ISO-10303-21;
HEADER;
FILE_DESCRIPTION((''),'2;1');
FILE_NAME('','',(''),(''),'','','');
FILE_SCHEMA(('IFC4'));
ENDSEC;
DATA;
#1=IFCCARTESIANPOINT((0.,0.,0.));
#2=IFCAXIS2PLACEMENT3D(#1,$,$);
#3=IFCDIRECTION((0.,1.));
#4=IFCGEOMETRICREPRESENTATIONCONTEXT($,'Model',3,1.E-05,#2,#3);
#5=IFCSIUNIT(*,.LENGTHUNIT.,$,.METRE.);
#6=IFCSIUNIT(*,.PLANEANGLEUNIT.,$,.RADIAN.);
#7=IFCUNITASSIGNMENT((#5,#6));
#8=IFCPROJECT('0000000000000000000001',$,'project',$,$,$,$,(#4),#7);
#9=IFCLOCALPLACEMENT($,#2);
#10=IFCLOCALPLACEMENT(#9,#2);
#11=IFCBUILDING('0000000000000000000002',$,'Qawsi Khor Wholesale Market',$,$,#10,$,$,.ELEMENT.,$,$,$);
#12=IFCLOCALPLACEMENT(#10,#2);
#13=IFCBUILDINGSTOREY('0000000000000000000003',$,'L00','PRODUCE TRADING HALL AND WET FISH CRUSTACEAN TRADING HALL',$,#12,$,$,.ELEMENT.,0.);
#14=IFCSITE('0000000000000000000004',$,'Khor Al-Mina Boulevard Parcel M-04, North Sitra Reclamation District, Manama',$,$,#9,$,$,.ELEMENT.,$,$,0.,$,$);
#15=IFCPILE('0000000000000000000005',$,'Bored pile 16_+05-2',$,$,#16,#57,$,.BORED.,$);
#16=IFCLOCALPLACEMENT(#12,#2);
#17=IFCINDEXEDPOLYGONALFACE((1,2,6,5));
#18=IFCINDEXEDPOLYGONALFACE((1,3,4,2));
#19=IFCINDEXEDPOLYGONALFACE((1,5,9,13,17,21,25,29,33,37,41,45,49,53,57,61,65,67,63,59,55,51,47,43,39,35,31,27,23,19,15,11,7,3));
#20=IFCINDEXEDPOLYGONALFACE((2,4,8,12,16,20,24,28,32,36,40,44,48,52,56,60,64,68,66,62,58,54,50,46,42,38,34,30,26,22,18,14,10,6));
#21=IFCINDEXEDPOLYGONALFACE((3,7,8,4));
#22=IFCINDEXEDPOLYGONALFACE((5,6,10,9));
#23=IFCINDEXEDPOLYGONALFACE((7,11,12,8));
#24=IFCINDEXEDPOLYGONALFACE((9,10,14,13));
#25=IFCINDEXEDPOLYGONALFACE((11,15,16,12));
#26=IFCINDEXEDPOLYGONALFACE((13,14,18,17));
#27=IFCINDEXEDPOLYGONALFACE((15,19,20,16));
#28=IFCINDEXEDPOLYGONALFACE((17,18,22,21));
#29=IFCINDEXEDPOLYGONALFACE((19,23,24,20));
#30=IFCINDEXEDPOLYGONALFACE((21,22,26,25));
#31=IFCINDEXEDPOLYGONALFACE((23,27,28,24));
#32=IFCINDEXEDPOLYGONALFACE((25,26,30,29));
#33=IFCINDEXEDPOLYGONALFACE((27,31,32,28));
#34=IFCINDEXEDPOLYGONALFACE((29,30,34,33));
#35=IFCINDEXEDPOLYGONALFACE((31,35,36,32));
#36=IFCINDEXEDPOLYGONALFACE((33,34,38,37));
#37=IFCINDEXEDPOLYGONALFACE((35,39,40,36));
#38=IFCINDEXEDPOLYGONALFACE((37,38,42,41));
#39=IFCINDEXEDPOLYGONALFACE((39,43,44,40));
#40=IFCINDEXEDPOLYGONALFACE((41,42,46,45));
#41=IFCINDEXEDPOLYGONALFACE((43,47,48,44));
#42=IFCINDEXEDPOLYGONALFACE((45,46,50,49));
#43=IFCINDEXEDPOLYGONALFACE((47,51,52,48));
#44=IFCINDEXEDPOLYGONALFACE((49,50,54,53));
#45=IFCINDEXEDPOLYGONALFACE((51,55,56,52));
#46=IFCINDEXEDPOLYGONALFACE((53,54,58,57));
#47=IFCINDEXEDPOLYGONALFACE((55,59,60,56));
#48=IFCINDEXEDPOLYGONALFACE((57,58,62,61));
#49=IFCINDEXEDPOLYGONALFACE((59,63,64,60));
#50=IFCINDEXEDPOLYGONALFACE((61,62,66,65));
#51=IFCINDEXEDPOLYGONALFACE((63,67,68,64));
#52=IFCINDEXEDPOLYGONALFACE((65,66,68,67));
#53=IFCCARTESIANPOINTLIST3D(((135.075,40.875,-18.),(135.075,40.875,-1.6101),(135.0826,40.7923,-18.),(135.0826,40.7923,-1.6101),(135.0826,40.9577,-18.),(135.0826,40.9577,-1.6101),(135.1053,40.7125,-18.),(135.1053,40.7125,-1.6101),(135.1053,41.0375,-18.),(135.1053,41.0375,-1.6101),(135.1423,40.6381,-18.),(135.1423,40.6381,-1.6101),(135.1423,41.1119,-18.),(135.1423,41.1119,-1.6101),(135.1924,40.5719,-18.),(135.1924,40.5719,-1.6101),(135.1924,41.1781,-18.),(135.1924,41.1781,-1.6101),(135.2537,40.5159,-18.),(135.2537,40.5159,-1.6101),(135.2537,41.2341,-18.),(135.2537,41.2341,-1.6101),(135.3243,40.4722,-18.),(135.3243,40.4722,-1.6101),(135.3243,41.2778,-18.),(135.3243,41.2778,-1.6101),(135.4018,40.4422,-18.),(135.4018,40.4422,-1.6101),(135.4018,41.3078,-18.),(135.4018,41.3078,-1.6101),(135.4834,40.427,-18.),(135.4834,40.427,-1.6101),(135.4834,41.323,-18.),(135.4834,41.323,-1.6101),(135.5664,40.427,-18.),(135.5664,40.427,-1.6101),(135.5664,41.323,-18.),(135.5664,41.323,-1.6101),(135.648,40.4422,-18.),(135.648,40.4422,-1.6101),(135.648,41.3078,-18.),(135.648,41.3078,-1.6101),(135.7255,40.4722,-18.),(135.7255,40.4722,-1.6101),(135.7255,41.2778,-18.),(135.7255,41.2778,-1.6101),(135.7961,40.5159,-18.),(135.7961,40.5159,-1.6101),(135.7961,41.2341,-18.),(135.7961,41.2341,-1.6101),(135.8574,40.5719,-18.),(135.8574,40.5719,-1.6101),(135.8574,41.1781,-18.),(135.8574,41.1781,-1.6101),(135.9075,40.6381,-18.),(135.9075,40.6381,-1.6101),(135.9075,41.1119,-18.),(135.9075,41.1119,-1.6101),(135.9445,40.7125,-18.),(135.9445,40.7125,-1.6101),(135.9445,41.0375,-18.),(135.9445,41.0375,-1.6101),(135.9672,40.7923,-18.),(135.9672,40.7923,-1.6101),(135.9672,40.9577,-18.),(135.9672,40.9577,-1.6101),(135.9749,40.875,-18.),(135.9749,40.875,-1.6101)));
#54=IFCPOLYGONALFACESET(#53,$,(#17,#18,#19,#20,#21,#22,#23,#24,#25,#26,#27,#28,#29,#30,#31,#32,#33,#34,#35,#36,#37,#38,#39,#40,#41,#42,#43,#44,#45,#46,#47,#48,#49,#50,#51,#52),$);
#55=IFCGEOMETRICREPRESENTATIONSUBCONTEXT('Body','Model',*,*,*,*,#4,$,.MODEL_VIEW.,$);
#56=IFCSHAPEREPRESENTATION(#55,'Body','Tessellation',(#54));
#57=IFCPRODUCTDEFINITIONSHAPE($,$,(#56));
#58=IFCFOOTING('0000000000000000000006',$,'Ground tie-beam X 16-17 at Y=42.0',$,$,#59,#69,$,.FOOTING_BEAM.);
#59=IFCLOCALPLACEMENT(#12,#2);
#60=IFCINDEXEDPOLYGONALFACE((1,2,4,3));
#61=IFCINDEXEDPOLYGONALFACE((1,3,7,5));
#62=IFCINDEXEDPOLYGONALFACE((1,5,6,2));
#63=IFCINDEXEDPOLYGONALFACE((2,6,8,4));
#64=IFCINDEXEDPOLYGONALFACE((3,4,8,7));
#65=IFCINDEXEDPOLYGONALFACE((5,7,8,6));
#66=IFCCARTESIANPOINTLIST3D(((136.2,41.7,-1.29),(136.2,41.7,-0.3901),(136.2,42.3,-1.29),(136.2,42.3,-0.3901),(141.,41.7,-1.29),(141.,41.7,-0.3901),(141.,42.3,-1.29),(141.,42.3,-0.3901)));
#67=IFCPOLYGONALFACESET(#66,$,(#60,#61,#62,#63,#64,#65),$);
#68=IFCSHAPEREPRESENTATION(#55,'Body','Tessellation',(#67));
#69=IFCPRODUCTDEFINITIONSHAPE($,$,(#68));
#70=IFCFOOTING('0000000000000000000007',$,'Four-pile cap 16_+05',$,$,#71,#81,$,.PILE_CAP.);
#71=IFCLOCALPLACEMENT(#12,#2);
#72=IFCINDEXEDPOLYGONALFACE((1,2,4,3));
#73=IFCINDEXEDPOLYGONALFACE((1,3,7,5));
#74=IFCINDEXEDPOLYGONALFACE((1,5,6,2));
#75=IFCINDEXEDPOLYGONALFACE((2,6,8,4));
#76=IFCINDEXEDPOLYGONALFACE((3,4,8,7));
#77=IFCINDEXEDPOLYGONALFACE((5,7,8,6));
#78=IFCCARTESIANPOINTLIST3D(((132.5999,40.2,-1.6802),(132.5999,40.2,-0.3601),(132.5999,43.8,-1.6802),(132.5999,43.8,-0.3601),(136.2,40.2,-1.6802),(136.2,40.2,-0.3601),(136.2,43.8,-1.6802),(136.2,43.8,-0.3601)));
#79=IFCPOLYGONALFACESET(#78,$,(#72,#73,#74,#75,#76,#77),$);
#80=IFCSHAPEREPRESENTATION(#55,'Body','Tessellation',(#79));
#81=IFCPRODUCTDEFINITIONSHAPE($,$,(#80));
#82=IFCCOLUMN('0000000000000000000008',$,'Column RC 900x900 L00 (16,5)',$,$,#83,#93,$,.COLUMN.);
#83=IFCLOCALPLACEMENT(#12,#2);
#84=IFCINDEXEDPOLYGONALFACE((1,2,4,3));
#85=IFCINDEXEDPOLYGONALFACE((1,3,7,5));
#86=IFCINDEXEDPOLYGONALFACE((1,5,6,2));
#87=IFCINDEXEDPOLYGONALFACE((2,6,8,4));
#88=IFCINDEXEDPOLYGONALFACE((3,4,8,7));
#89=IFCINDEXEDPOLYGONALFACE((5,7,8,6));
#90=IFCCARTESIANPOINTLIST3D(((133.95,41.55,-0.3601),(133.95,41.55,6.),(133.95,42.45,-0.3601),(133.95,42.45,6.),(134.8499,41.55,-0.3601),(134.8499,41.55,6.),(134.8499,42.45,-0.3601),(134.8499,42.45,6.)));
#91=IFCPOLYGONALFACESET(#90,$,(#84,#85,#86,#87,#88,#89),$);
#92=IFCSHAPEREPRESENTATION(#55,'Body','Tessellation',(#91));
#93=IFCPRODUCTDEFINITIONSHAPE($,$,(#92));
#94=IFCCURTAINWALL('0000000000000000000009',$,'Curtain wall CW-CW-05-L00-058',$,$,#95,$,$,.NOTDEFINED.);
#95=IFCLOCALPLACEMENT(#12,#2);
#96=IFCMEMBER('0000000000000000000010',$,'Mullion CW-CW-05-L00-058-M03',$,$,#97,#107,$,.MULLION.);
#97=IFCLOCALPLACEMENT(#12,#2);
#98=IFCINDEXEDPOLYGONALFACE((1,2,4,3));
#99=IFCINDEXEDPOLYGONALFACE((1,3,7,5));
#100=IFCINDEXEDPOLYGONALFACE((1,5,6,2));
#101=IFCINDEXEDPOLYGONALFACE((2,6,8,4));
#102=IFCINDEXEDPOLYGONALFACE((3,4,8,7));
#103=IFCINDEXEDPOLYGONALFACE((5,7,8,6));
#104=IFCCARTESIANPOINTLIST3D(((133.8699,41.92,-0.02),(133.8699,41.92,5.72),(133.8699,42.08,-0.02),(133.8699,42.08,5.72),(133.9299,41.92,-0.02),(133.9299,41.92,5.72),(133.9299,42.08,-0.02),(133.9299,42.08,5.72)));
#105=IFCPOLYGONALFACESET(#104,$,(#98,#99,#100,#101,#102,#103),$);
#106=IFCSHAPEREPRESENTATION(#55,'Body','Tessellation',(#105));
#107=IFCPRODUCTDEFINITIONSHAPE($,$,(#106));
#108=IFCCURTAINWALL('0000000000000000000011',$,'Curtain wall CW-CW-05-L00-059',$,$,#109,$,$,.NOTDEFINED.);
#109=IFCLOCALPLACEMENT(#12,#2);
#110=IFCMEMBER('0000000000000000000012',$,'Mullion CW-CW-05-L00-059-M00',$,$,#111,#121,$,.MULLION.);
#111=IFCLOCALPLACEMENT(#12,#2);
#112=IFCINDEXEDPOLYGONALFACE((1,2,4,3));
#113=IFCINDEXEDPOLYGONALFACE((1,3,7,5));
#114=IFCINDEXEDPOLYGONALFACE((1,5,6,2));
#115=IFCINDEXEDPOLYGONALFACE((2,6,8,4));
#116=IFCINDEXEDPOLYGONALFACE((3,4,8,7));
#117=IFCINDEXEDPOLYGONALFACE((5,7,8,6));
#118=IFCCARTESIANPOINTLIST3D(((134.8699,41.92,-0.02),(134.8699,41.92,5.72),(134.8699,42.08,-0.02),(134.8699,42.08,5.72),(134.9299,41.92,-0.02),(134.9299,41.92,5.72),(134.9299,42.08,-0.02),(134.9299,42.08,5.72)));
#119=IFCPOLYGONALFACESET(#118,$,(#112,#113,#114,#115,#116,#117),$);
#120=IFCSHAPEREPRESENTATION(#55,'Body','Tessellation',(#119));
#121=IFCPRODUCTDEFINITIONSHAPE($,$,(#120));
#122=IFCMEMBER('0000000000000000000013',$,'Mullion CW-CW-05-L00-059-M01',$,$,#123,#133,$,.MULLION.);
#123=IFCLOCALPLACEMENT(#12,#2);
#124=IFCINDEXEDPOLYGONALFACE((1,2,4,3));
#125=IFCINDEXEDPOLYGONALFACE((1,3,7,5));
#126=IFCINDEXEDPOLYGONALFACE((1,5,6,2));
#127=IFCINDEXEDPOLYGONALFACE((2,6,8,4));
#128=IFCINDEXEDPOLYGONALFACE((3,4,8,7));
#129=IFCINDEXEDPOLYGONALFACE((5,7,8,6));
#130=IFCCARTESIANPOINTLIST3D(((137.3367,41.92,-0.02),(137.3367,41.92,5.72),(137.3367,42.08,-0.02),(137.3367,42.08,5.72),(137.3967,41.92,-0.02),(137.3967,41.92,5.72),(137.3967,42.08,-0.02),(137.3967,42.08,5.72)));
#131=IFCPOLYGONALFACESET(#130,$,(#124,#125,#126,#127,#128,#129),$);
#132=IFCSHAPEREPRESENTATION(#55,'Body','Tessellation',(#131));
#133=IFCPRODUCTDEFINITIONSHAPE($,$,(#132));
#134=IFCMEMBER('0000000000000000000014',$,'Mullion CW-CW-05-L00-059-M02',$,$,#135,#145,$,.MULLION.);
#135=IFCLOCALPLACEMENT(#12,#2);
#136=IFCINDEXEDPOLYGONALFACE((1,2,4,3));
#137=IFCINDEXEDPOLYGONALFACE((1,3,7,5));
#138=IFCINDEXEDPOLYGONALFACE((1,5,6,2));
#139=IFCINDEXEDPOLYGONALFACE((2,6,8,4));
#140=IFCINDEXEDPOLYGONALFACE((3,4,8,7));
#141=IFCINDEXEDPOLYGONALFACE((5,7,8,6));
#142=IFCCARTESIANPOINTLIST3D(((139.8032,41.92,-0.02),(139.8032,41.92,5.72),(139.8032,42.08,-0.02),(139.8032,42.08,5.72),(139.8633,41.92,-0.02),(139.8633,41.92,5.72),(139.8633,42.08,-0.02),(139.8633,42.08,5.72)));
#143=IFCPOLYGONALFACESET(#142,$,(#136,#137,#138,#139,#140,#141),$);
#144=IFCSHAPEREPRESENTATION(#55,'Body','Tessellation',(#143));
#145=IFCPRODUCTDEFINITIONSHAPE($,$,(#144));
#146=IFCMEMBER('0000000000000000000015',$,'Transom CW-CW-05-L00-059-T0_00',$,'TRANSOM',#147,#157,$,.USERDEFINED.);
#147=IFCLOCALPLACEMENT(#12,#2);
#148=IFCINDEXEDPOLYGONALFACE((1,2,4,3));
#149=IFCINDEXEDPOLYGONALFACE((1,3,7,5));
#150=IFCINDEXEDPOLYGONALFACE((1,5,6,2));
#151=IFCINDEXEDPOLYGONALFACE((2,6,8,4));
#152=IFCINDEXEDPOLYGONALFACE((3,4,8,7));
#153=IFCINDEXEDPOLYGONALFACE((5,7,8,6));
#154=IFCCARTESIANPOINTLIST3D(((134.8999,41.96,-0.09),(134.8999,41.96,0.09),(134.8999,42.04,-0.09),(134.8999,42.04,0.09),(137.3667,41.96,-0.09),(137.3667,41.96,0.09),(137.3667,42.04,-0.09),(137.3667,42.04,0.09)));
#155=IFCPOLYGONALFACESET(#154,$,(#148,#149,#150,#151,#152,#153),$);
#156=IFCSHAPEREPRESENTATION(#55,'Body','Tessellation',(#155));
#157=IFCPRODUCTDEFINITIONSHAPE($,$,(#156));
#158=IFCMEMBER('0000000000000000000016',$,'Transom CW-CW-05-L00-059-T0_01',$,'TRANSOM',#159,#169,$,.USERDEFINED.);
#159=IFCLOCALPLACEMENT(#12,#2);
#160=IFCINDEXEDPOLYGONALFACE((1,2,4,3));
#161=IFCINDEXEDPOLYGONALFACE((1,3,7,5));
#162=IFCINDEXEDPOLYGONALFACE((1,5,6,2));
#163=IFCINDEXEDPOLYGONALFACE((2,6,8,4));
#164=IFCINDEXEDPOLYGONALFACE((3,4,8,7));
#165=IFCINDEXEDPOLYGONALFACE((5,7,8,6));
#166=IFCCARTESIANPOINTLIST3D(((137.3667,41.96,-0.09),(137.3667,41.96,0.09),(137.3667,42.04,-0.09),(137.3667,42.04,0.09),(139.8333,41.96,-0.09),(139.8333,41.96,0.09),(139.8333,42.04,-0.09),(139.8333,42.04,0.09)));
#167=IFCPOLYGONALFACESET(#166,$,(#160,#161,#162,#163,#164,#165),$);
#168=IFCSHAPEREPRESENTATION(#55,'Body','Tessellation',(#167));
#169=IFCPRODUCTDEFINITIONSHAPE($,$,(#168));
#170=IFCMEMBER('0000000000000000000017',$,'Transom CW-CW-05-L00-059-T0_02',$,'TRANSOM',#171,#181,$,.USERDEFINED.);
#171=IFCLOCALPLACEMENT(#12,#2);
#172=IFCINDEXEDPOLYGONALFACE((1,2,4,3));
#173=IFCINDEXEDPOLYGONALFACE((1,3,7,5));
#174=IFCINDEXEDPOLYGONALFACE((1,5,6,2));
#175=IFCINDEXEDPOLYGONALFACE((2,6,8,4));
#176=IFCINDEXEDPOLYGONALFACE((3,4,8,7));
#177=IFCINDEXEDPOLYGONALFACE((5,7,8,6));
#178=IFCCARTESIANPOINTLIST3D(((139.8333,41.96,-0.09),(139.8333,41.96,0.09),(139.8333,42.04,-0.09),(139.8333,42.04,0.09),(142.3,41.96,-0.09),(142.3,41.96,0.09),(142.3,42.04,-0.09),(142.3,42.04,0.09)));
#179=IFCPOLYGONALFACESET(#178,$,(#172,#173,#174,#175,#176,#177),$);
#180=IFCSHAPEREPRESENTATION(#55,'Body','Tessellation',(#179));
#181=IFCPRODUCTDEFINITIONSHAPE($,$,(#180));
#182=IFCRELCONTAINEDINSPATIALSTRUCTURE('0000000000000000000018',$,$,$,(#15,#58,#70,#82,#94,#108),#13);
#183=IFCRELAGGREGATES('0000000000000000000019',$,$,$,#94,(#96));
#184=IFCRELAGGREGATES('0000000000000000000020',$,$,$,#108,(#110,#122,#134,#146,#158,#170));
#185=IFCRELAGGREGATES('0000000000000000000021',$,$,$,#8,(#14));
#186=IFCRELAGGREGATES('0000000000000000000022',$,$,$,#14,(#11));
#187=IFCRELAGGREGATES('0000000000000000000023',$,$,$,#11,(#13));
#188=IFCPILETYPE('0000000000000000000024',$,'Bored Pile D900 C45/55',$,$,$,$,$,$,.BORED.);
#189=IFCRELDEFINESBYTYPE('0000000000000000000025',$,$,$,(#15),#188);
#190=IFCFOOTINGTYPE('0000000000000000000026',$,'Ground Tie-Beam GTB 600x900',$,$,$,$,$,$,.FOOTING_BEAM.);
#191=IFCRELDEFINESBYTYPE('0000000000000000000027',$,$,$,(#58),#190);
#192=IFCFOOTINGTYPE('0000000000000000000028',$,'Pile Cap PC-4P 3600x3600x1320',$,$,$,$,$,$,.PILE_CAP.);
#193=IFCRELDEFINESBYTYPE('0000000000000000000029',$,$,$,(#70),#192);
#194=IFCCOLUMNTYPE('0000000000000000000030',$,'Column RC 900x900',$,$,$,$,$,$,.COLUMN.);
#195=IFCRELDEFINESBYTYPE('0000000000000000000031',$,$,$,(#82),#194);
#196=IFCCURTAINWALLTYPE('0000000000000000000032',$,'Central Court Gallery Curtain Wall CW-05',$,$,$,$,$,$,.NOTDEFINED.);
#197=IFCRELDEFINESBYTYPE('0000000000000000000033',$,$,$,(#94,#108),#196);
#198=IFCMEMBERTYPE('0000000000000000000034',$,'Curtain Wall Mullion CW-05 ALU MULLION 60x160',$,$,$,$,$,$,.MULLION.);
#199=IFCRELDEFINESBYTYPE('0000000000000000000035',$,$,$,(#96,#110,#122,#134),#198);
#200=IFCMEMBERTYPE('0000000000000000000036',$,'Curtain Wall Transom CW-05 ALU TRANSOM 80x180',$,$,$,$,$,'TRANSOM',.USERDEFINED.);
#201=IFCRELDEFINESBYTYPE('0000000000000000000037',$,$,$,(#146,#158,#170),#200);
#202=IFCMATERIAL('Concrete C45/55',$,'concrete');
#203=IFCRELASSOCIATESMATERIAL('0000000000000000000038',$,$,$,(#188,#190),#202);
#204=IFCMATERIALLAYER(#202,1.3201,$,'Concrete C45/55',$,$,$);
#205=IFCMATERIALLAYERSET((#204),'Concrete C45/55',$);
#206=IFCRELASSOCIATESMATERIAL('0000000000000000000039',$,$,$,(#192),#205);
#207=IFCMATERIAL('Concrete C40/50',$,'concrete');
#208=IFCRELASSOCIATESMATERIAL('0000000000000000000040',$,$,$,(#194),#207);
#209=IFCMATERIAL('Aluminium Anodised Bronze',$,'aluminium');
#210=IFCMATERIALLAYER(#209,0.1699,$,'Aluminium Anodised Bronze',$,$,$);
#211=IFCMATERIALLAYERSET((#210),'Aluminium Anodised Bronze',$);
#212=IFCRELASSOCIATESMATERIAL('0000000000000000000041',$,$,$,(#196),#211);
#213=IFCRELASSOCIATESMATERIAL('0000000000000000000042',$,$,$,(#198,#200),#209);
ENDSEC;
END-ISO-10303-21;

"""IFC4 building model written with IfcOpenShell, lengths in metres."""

from ifc_helpers import new_model, si_unit, direction, frame, origin, origin_2d, place, context, subcontext, project, spatial, rectangle, circle, extrude, material, layer, layer_set, material_profile, profile_set, type_object, element, aggregate, save


model = new_model("IFC4")

# Units and contexts
model_context = context("Model", 3, precision=1e-05, world=origin(), true_north=direction((0.0, 1.0)))
body_context = subcontext(model_context, "Body", "Model", "MODEL_VIEW")
ifc_project = project(units=[si_unit("LENGTHUNIT", "METRE"), si_unit("PLANEANGLEUNIT", "RADIAN")], contexts=[model_context])

# Site, building, storey
site_placement = place(None, origin())
site = spatial("IfcSite", under=ifc_project, at=site_placement, Name="Khor Al-Mina Boulevard Parcel M-04, North Sitra Reclamation District, Manama", CompositionType="ELEMENT", RefElevation=0.0)
building_placement = place(site_placement, origin())
building = spatial("IfcBuilding", under=site, at=building_placement, Name="Qawsi Khor Wholesale Market", CompositionType="ELEMENT")
storey_placement = place(building_placement, origin())
storey = spatial("IfcBuildingStorey", under=building, at=storey_placement, Name="L00", Description="PRODUCE TRADING HALL AND WET FISH CRUSTACEAN TRADING HALL", CompositionType="ELEMENT", Elevation=0.0)

# Pile
ifc_material_1 = material(Name="Concrete C45/55", Category="concrete")
ifc_material_profile_1 = material_profile(ifc_material_1, circle(Radius=0.45, at=origin_2d()), Name="PILE D900")
ifc_profile_set_1 = profile_set([ifc_material_profile_1], Name="Concrete C45/55")
pile_type = type_object("IfcPileType", Name="Bored Pile D900 C45/55", PredefinedType="BORED", material=ifc_profile_set_1)
pile_placement = place(storey_placement, frame((135.5249, 40.875, -1.6101), z_axis=(0.0, 0.0, -1.0), x_axis=(1.0, 0.0, 0.0)))
element("IfcPile", 1, at=pile_placement, inside=storey, type_object=pile_type, Name="Bored pile 16_+05-2", PredefinedType="BORED", context=body_context, shape_type="SweptSolid", body=[
    extrude(circle(Radius=0.45, at=origin_2d()), origin(), (0.0, 0.0, 1.0), 16.3899),
])

# Footings
ifc_material_profile_2 = material_profile(ifc_material_1, rectangle(XDim=0.6001, YDim=0.8999, at=origin_2d()), Name="RC 600x900")
ifc_profile_set_2 = profile_set([ifc_material_profile_2], Name="Concrete C45/55")
footing_type_1 = type_object("IfcFootingType", Name="Ground Tie-Beam GTB 600x900", PredefinedType="FOOTING_BEAM", material=ifc_profile_set_2)
footing_1_placement = place(storey_placement, frame((136.2, 42.0, -0.8401), z_axis=(1.0, 0.0, 0.0), x_axis=(0.0, 1.0, 0.0)))
element("IfcFooting", 2, at=footing_1_placement, inside=storey, type_object=footing_type_1, Name="Ground tie-beam X 16-17 at Y=42.0", PredefinedType="FOOTING_BEAM", context=body_context, shape_type="SweptSolid", body=[
    extrude(rectangle(XDim=0.6001, YDim=0.8999, at=origin_2d()), origin(), (0.0, 0.0, 1.0), 4.8),
])
ifc_layer_1 = layer(ifc_material_1, 1.3201, Name="Concrete C45/55")
ifc_layer_set_1 = layer_set([ifc_layer_1], Name="Concrete C45/55")
footing_type_2 = type_object("IfcFootingType", Name="Pile Cap PC-4P 3600x3600x1320", PredefinedType="PILE_CAP", material=ifc_layer_set_1)
footing_2_placement = place(storey_placement, frame((134.3999, 42.0, -1.6802), z_axis=(0.0, 0.0, 1.0), x_axis=(1.0, 0.0, 0.0)))
element("IfcFooting", 3, at=footing_2_placement, inside=storey, type_object=footing_type_2, Name="Four-pile cap 16_+05", PredefinedType="PILE_CAP", context=body_context, shape_type="SweptSolid", body=[
    extrude(rectangle(XDim=3.6001, YDim=3.6001, at=origin_2d()), origin(), (0.0, 0.0, 1.0), 1.3201),
])

# Column
ifc_material_2 = material(Name="Concrete C40/50", Category="concrete")
ifc_material_profile_3 = material_profile(ifc_material_2, rectangle(XDim=0.8999, YDim=0.8999, at=origin_2d()), Name="RC 900x900")
ifc_profile_set_3 = profile_set([ifc_material_profile_3], Name="Concrete C40/50")
column_type = type_object("IfcColumnType", Name="Column RC 900x900", PredefinedType="COLUMN", material=ifc_profile_set_3)
column_placement = place(storey_placement, frame((134.3999, 42.0, -0.3601), z_axis=(0.0, 0.0, 1.0), x_axis=(1.0, 0.0, 0.0)))
element("IfcColumn", 4, at=column_placement, inside=storey, type_object=column_type, Name="Column RC 900x900 L00 (16,5)", PredefinedType="COLUMN", context=body_context, shape_type="SweptSolid", body=[
    extrude(rectangle(XDim=0.8999, YDim=0.8999, at=origin_2d()), origin(), (0.0, 0.0, 1.0), 6.3601),
])

# Curtain wall, member
ifc_material_3 = material(Name="Aluminium Anodised Bronze", Category="aluminium")
ifc_layer_2 = layer(ifc_material_3, 0.1699, Name="Aluminium Anodised Bronze")
ifc_layer_set_2 = layer_set([ifc_layer_2], Name="Aluminium Anodised Bronze")
curtain_wall_type = type_object("IfcCurtainWallType", Name="Central Court Gallery Curtain Wall CW-05", PredefinedType="NOTDEFINED", material=ifc_layer_set_2)
curtain_wall_1_placement = place(storey_placement, origin())
curtain_wall_1 = element("IfcCurtainWall", 5, at=curtain_wall_1_placement, inside=storey, type_object=curtain_wall_type, Name="Curtain wall CW-CW-05-L00-058", PredefinedType="NOTDEFINED")
ifc_material_profile_4 = material_profile(ifc_material_3, rectangle(XDim=0.0601, YDim=0.1599, at=origin_2d()), Name="ALU MULLION 60x160")
ifc_profile_set_4 = profile_set([ifc_material_profile_4], Name="Aluminium Anodised Bronze")
member_type_1 = type_object("IfcMemberType", Name="Curtain Wall Mullion CW-05 ALU MULLION 60x160", PredefinedType="MULLION", material=ifc_profile_set_4)
member_1_placement = place(storey_placement, frame((133.8999, 42.0, -0.02), z_axis=(0.0, 0.0, 1.0), x_axis=(1.0, 0.0, 0.0)))
member_1 = element("IfcMember", 6, at=member_1_placement, type_object=member_type_1, Name="Mullion CW-CW-05-L00-058-M03", PredefinedType="MULLION", context=body_context, shape_type="SweptSolid", body=[
    extrude(rectangle(XDim=0.0601, YDim=0.1599, at=origin_2d()), origin(), (0.0, 0.0, 1.0), 5.74),
])
aggregate(curtain_wall_1, [member_1])

# Curtain wall, members
curtain_wall_2_placement = place(storey_placement, origin())
curtain_wall_2 = element("IfcCurtainWall", 7, at=curtain_wall_2_placement, inside=storey, type_object=curtain_wall_type, Name="Curtain wall CW-CW-05-L00-059", PredefinedType="NOTDEFINED")
member_2_placement = place(storey_placement, frame((134.8999, 42.0, -0.02), z_axis=(0.0, 0.0, 1.0), x_axis=(1.0, 0.0, 0.0)))
member_2 = element("IfcMember", 8, at=member_2_placement, type_object=member_type_1, Name="Mullion CW-CW-05-L00-059-M00", PredefinedType="MULLION", context=body_context, shape_type="SweptSolid", body=[
    extrude(rectangle(XDim=0.0601, YDim=0.1599, at=origin_2d()), origin(), (0.0, 0.0, 1.0), 5.74),
])
member_3_placement = place(storey_placement, frame((137.3667, 42.0, -0.02), z_axis=(0.0, 0.0, 1.0), x_axis=(1.0, 0.0, 0.0)))
member_3 = element("IfcMember", 9, at=member_3_placement, type_object=member_type_1, Name="Mullion CW-CW-05-L00-059-M01", PredefinedType="MULLION", context=body_context, shape_type="SweptSolid", body=[
    extrude(rectangle(XDim=0.0601, YDim=0.1599, at=origin_2d()), origin(), (0.0, 0.0, 1.0), 5.74),
])
member_4_placement = place(storey_placement, frame((139.8333, 42.0, -0.02), z_axis=(0.0, 0.0, 1.0), x_axis=(1.0, 0.0, 0.0)))
member_4 = element("IfcMember", 10, at=member_4_placement, type_object=member_type_1, Name="Mullion CW-CW-05-L00-059-M02", PredefinedType="MULLION", context=body_context, shape_type="SweptSolid", body=[
    extrude(rectangle(XDim=0.0601, YDim=0.1599, at=origin_2d()), origin(), (0.0, 0.0, 1.0), 5.74),
])
ifc_material_profile_5 = material_profile(ifc_material_3, rectangle(XDim=0.0801, YDim=0.1799, at=origin_2d()), Name="ALU TRANSOM 80x180")
ifc_profile_set_5 = profile_set([ifc_material_profile_5], Name="Aluminium Anodised Bronze")
member_type_2 = type_object("IfcMemberType", Name="Curtain Wall Transom CW-05 ALU TRANSOM 80x180", ElementType="TRANSOM", PredefinedType="USERDEFINED", material=ifc_profile_set_5)
member_5_placement = place(storey_placement, frame((134.8999, 42.0, 0.0), z_axis=(1.0, 0.0, 0.0), x_axis=(0.0, 1.0, 0.0)))
member_5 = element("IfcMember", 11, at=member_5_placement, type_object=member_type_2, Name="Transom CW-CW-05-L00-059-T0_00", ObjectType="TRANSOM", PredefinedType="USERDEFINED", context=body_context, shape_type="SweptSolid", body=[
    extrude(rectangle(XDim=0.0801, YDim=0.1799, at=origin_2d()), origin(), (0.0, 0.0, 1.0), 2.4668),
])
member_6_placement = place(storey_placement, frame((137.3667, 42.0, 0.0), z_axis=(1.0, 0.0, 0.0), x_axis=(0.0, 1.0, 0.0)))
member_6 = element("IfcMember", 12, at=member_6_placement, type_object=member_type_2, Name="Transom CW-CW-05-L00-059-T0_01", ObjectType="TRANSOM", PredefinedType="USERDEFINED", context=body_context, shape_type="SweptSolid", body=[
    extrude(rectangle(XDim=0.0801, YDim=0.1799, at=origin_2d()), origin(), (0.0, 0.0, 1.0), 2.4666),
])
member_7_placement = place(storey_placement, frame((139.8333, 42.0, 0.0), z_axis=(1.0, 0.0, 0.0), x_axis=(0.0, 1.0, 0.0)))
member_7 = element("IfcMember", 13, at=member_7_placement, type_object=member_type_2, Name="Transom CW-CW-05-L00-059-T0_02", ObjectType="TRANSOM", PredefinedType="USERDEFINED", context=body_context, shape_type="SweptSolid", body=[
    extrude(rectangle(XDim=0.0801, YDim=0.1799, at=origin_2d()), origin(), (0.0, 0.0, 1.0), 2.4668),
])
aggregate(curtain_wall_2, [member_2, member_3, member_4, member_5, member_6, member_7])

save(model, "model.ifc")
